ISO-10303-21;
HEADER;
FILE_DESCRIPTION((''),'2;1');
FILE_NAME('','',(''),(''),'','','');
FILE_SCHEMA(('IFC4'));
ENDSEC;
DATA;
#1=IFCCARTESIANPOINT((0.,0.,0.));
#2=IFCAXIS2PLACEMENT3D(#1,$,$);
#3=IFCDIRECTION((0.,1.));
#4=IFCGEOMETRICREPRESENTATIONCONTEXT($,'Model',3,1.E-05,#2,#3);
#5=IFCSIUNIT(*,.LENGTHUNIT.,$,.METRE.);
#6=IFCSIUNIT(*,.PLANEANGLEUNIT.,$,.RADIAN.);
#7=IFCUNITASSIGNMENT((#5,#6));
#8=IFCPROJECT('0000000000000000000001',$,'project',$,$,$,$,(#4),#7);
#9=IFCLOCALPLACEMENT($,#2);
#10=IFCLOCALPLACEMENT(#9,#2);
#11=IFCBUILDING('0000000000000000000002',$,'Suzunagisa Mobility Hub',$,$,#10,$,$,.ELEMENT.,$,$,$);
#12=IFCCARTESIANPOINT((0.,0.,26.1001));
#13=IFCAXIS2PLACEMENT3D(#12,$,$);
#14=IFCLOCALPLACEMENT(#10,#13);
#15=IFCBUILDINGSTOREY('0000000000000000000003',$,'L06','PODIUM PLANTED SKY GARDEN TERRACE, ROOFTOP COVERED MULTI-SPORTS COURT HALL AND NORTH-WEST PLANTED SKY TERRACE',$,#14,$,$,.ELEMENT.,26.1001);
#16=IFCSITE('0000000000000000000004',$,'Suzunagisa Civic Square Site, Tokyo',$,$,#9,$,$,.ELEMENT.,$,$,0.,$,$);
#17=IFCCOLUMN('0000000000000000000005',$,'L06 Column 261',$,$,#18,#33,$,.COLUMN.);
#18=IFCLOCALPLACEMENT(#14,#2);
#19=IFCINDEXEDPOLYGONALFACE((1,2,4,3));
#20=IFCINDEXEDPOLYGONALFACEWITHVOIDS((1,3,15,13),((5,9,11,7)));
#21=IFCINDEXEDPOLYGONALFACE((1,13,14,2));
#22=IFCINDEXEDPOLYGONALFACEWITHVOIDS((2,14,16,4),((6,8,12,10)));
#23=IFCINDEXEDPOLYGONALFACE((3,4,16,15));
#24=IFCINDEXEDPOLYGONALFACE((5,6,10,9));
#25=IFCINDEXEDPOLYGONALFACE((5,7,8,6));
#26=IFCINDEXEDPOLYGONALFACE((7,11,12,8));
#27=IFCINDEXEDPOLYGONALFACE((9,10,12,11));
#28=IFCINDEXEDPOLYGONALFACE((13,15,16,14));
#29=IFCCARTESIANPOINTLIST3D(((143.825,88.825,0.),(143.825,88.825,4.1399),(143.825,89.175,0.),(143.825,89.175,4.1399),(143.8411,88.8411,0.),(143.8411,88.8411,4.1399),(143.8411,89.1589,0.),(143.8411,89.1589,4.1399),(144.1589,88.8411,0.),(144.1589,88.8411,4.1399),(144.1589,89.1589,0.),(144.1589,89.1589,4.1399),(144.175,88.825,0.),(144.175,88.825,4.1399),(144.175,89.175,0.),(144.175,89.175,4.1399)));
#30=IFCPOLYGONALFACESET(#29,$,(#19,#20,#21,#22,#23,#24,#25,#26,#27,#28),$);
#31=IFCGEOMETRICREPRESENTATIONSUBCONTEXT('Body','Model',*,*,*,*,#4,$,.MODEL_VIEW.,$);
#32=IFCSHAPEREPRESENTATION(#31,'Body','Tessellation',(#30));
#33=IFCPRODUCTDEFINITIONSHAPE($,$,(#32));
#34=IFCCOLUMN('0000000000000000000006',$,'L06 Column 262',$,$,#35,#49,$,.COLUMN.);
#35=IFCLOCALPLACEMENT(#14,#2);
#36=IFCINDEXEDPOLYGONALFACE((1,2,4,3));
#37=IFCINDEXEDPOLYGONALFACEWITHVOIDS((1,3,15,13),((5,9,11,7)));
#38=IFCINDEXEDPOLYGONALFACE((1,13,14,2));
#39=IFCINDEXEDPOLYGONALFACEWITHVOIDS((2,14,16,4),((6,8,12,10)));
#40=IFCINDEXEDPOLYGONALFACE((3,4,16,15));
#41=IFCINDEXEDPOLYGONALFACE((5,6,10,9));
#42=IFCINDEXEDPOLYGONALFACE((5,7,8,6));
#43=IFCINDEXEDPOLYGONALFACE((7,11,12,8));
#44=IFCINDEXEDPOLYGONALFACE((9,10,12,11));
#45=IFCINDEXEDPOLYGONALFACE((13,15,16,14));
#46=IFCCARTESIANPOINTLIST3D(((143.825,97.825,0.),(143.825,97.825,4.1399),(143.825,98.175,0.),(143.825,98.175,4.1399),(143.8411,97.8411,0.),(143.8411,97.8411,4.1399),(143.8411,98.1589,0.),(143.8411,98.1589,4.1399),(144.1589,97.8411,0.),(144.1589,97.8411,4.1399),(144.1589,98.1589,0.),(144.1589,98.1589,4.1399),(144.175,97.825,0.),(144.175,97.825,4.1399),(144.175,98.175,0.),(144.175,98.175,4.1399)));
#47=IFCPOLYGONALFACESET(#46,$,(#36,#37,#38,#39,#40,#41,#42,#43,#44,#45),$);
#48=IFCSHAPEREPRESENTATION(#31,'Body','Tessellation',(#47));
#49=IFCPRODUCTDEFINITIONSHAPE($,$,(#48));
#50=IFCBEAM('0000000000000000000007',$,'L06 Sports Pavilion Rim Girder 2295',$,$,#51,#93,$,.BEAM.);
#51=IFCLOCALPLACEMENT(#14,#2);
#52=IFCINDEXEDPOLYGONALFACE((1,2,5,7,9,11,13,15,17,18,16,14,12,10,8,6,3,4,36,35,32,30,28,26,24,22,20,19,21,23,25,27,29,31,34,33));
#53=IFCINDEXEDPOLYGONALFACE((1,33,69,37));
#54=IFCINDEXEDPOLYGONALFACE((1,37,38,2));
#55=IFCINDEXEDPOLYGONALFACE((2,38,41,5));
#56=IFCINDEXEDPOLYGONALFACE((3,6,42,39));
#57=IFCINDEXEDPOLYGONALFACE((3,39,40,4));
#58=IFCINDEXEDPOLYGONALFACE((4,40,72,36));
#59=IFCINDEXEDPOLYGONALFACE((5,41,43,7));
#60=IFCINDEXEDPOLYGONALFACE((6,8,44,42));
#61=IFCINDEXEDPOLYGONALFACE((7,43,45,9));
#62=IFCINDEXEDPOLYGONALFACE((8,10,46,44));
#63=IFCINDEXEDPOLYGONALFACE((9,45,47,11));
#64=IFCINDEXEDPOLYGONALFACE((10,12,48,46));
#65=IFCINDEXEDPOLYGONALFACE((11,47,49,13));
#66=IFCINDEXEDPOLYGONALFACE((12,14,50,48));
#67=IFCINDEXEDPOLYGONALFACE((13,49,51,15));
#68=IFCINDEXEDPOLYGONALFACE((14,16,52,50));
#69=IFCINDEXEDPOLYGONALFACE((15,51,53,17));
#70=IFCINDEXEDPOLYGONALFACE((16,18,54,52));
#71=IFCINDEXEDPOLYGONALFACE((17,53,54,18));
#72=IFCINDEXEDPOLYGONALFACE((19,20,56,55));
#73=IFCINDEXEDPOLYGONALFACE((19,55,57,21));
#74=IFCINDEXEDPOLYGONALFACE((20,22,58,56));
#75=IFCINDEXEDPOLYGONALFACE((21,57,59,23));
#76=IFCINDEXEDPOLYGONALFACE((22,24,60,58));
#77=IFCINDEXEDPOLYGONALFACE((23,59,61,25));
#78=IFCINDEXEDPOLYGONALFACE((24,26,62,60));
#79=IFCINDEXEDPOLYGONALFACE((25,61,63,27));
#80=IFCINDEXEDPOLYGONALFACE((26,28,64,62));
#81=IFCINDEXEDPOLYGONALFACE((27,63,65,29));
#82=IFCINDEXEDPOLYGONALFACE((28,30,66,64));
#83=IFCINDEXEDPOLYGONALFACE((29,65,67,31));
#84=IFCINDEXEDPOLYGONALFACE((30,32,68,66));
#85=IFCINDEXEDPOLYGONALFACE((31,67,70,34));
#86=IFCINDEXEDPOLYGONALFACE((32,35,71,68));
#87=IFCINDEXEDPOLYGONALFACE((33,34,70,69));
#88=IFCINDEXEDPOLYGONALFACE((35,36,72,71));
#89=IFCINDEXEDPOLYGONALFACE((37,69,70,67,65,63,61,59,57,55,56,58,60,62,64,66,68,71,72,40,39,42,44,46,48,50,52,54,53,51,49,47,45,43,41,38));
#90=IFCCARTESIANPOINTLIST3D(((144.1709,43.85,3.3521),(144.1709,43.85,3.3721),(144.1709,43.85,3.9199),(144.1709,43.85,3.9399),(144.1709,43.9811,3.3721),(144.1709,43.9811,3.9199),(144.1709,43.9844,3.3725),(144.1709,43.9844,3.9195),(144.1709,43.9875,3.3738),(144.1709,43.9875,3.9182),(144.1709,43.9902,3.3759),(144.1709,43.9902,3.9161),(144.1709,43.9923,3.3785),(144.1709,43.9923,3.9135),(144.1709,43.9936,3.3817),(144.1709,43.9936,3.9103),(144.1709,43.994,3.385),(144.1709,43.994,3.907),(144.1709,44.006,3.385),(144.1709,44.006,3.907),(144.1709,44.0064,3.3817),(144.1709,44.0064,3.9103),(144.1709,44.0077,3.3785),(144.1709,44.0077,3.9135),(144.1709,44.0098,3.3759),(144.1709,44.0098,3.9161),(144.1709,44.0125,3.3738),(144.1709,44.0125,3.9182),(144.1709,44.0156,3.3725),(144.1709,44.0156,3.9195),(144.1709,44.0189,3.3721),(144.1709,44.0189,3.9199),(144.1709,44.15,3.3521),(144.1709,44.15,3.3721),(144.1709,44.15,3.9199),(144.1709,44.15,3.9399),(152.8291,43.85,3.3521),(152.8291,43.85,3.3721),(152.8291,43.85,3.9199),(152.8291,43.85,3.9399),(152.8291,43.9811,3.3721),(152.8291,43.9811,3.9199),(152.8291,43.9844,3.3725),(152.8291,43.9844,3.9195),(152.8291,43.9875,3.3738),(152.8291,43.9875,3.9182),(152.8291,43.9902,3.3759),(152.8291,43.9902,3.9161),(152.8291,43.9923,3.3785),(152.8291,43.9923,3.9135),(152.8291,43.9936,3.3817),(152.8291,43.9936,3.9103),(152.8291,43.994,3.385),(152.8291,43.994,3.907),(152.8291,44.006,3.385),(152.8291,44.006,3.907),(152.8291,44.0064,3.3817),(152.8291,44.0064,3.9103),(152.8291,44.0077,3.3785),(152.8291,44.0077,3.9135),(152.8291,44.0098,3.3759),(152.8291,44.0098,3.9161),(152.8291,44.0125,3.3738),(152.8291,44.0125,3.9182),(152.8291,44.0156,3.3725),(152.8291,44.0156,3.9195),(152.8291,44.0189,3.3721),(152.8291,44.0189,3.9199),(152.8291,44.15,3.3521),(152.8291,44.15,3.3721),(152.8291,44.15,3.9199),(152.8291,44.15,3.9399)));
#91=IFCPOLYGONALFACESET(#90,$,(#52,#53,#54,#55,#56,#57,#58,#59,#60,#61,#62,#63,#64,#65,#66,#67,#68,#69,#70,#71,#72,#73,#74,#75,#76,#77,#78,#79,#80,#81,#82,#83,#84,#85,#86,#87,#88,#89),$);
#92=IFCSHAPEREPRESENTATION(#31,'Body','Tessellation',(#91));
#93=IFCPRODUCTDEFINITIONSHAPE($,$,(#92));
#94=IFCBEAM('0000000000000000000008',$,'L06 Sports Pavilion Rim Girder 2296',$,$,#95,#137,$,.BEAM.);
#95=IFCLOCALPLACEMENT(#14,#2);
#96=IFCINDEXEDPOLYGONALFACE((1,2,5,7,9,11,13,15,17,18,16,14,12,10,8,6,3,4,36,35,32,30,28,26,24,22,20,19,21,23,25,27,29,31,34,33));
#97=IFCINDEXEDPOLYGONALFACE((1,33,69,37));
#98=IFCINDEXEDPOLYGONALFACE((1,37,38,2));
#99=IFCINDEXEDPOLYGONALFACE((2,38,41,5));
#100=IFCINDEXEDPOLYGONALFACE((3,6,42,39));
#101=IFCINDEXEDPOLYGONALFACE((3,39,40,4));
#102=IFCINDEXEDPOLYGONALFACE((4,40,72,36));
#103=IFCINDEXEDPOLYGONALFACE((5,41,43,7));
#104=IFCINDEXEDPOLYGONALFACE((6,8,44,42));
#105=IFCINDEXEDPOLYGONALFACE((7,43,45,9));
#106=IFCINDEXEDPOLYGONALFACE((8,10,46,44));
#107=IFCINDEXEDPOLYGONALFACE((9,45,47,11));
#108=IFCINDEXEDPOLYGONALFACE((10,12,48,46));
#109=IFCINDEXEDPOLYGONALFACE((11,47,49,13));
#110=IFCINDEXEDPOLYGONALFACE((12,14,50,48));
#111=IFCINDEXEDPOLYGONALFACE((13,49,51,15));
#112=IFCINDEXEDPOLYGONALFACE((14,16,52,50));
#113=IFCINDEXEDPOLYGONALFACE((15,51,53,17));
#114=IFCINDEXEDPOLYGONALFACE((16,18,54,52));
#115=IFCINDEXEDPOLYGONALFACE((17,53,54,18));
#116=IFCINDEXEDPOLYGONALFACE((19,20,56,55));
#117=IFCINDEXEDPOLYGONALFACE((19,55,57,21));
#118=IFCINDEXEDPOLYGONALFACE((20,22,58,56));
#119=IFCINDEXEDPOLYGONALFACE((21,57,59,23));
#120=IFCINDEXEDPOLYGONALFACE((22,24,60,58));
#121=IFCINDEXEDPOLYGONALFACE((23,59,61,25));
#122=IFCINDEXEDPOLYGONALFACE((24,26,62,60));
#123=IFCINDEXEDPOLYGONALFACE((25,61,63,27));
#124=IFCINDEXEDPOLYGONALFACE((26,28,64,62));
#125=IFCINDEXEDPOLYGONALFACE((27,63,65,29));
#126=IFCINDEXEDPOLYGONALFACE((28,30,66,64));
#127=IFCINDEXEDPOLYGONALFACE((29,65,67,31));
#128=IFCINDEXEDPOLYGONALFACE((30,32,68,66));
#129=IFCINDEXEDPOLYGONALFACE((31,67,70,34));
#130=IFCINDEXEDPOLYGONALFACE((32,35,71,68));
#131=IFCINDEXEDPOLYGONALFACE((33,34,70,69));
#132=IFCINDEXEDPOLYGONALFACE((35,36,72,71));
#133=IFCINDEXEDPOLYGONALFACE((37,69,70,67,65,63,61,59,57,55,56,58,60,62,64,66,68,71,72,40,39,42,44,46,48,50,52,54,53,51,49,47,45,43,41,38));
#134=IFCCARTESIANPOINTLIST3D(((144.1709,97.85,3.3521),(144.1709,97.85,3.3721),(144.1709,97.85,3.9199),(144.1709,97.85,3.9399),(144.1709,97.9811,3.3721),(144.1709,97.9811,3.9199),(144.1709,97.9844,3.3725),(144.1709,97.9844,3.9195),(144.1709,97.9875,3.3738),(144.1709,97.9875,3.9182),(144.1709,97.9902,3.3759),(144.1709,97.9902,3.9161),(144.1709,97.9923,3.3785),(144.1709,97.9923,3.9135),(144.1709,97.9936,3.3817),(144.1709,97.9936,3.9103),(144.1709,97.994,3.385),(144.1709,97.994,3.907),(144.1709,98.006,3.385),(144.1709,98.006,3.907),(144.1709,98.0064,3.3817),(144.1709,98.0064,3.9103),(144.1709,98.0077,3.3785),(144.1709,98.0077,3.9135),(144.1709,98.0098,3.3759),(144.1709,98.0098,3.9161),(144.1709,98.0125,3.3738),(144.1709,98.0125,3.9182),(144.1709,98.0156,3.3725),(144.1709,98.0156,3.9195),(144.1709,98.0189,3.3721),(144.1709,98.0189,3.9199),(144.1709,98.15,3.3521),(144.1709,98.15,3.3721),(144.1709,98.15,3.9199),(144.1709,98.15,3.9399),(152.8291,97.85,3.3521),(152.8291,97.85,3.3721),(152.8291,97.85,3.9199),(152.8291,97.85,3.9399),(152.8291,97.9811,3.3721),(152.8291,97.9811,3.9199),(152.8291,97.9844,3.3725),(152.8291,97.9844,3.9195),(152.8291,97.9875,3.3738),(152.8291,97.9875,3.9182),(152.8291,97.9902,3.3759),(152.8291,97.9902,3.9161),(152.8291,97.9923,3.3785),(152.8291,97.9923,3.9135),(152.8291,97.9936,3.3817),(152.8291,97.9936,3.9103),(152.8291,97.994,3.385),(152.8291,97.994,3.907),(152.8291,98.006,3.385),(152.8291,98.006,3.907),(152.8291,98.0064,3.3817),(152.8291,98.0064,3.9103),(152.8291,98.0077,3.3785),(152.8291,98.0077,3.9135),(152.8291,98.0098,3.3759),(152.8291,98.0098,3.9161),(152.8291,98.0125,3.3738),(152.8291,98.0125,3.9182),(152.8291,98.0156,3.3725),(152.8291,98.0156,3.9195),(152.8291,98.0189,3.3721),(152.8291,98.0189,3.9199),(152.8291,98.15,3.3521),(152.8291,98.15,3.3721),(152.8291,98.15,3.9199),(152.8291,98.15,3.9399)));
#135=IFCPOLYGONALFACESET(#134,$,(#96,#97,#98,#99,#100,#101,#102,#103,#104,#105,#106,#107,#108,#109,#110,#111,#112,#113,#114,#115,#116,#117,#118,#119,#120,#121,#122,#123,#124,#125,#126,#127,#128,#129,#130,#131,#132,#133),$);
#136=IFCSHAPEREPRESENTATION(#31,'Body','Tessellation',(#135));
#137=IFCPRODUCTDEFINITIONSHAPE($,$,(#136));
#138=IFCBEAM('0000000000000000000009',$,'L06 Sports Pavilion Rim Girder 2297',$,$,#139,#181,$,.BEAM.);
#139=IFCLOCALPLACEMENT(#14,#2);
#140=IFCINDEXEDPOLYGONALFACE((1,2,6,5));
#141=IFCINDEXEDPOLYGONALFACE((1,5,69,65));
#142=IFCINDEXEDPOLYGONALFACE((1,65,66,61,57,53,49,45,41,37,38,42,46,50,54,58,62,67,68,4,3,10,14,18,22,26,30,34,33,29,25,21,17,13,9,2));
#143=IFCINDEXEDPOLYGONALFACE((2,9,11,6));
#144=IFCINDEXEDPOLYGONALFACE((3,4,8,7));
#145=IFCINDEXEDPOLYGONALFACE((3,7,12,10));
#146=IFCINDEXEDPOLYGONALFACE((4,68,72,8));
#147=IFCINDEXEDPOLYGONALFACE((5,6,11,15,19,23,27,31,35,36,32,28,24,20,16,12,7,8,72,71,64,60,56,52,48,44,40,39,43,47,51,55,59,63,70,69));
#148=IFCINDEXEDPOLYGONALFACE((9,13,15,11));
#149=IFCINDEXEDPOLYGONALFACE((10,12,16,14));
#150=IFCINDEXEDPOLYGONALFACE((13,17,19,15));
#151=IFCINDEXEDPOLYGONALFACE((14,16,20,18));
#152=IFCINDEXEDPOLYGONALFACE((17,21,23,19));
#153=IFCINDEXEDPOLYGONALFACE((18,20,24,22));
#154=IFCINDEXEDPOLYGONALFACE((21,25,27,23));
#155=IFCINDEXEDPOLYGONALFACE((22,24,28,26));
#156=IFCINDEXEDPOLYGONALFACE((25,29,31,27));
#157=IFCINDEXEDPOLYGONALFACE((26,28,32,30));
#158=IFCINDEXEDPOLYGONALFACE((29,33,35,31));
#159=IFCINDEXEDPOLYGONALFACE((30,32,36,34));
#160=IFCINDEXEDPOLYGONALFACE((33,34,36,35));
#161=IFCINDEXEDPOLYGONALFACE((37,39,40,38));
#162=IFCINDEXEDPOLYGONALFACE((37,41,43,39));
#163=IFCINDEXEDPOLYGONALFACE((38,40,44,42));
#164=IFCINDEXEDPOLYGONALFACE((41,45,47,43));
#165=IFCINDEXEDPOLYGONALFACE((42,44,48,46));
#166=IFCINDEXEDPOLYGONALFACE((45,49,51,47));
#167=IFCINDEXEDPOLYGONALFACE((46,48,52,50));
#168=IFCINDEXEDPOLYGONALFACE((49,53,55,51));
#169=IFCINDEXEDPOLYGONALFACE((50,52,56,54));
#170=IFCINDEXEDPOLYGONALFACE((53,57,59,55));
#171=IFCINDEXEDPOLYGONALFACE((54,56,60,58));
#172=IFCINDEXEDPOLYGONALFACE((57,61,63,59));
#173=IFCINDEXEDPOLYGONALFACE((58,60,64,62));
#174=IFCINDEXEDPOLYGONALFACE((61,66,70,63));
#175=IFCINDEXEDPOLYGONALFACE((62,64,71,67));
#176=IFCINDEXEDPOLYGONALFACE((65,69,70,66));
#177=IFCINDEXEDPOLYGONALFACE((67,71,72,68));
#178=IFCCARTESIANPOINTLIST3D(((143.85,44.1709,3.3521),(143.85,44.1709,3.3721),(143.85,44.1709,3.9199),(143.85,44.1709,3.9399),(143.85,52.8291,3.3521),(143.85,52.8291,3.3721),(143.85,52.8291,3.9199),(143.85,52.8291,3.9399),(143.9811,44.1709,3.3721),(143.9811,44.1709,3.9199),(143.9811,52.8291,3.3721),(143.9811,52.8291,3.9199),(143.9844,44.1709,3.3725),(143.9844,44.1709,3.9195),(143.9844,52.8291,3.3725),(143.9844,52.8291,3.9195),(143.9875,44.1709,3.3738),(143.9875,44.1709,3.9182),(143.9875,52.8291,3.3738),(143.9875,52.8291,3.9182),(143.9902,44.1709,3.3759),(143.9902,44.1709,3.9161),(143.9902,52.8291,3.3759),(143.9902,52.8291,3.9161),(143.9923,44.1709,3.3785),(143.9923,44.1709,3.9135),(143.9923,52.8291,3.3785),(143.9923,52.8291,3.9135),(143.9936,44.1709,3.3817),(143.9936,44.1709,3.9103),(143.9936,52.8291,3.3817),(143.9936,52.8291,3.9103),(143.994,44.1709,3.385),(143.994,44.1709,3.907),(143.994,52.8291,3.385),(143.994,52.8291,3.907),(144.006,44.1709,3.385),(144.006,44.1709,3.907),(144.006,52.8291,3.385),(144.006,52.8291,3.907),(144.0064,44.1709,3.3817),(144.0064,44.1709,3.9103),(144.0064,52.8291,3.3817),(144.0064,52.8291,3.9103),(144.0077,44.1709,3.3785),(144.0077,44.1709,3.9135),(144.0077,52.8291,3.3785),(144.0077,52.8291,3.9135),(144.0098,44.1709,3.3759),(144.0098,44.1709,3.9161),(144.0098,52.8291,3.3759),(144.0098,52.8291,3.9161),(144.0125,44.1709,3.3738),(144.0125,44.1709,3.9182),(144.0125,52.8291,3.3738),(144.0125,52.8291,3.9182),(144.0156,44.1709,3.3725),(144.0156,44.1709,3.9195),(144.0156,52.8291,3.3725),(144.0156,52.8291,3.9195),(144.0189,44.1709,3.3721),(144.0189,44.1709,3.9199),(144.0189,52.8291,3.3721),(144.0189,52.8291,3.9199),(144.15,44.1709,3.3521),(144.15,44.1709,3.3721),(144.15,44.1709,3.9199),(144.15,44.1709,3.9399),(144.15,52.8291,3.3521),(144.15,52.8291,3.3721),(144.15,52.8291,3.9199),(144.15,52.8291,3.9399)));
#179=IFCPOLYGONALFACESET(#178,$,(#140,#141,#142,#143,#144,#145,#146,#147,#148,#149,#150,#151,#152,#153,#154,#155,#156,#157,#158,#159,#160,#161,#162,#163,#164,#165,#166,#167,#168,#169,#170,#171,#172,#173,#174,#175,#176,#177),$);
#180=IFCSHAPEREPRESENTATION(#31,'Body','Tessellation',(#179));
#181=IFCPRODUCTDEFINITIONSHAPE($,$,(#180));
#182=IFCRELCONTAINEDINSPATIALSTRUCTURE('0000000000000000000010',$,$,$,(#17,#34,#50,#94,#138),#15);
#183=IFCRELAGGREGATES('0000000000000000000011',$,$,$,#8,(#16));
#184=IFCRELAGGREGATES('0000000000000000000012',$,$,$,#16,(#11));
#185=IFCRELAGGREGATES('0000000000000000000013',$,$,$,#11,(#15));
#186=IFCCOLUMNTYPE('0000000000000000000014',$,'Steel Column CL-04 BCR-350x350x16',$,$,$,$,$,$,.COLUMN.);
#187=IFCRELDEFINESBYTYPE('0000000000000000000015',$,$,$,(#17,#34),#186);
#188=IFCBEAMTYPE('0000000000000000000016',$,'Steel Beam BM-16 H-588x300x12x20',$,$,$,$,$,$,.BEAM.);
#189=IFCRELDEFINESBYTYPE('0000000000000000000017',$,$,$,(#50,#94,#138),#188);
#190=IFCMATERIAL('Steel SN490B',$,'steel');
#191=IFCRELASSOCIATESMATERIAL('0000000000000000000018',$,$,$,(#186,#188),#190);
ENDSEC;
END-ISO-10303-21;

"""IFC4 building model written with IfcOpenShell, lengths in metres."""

from ifc_helpers import new_model, si_unit, direction, frame, origin, origin_2d, place, context, subcontext, project, spatial, hollow_rectangle, i_section, extrude, material, material_profile, profile_set, type_object, element, save


model = new_model("IFC4")

# Units and contexts
model_context = context("Model", 3, precision=1e-05, world=origin(), true_north=direction((0.0, 1.0)))
body_context = subcontext(model_context, "Body", "Model", "MODEL_VIEW")
ifc_project = project(units=[si_unit("LENGTHUNIT", "METRE"), si_unit("PLANEANGLEUNIT", "RADIAN")], contexts=[model_context])

# Site, building, storey
site_placement = place(None, origin())
site = spatial("IfcSite", under=ifc_project, at=site_placement, Name="Suzunagisa Civic Square Site, Tokyo", CompositionType="ELEMENT", RefElevation=0.0)
building_placement = place(site_placement, origin())
building = spatial("IfcBuilding", under=site, at=building_placement, Name="Suzunagisa Mobility Hub", CompositionType="ELEMENT")
storey_placement = place(building_placement, frame((0.0, 0.0, 26.1001)))
storey = spatial("IfcBuildingStorey", under=building, at=storey_placement, Name="L06", Description="PODIUM PLANTED SKY GARDEN TERRACE, ROOFTOP COVERED MULTI-SPORTS COURT HALL AND NORTH-WEST PLANTED SKY TERRACE", CompositionType="ELEMENT", Elevation=26.1001)

# Columns
ifc_material_1 = material(Name="Steel SN490B", Category="steel")
ifc_material_profile_1 = material_profile(ifc_material_1, hollow_rectangle(XDim=0.3501, YDim=0.3501, WallThickness=0.0161, at=origin_2d()), Name="BCR-350x350x16")
ifc_profile_set_1 = profile_set([ifc_material_profile_1], Name="Steel SN490B")
column_type = type_object("IfcColumnType", Name="Steel Column CL-04 BCR-350x350x16", PredefinedType="COLUMN", material=ifc_profile_set_1)
for number, where, z_axis, x_axis, name in (
    (1, (144.0, 89.0, 0.0), (0.0, 0.0, 1.0), (1.0, 0.0, 0.0), "L06 Column 261"),
    (2, (144.0, 98.0, 0.0), (0.0, 0.0, 1.0), (1.0, 0.0, 0.0), "L06 Column 262"),
):
    element("IfcColumn", number, at=place(storey_placement, frame(where, z_axis=z_axis, x_axis=x_axis)), inside=storey, type_object=column_type, Name=name, PredefinedType="COLUMN", context=body_context, shape_type="SweptSolid", body=[
        extrude(hollow_rectangle(XDim=0.3501, YDim=0.3501, WallThickness=0.0161, at=origin_2d()), origin(), (0.0, 0.0, 1.0), 4.1399),
    ])

# Beams
ifc_material_profile_2 = material_profile(ifc_material_1, i_section(OverallWidth=0.3, OverallDepth=0.5879, WebThickness=0.012, FlangeThickness=0.02, FilletRadius=0.0129, at=origin_2d()), Name="H-588x300x12x20")
ifc_profile_set_2 = profile_set([ifc_material_profile_2], Name="Steel SN490B")
beam_type = type_object("IfcBeamType", Name="Steel Beam BM-16 H-588x300x12x20", PredefinedType="BEAM", material=ifc_profile_set_2)
for number, where, z_axis, x_axis, name in (
    (3, (144.1709, 44.0, 3.646), (1.0, 0.0, 0.0), (0.0, 1.0, 0.0), "L06 Sports Pavilion Rim Girder 2295"),
    (4, (144.1709, 98.0, 3.646), (1.0, 0.0, 0.0), (0.0, 1.0, 0.0), "L06 Sports Pavilion Rim Girder 2296"),
    (5, (144.0, 44.1709, 3.646), (0.0, 1.0, 0.0), (-1.0, 0.0, 0.0), "L06 Sports Pavilion Rim Girder 2297"),
):
    element("IfcBeam", number, at=place(storey_placement, frame(where, z_axis=z_axis, x_axis=x_axis)), inside=storey, type_object=beam_type, Name=name, PredefinedType="BEAM", context=body_context, shape_type="SweptSolid", body=[
        extrude(i_section(OverallWidth=0.3, OverallDepth=0.5879, WebThickness=0.012, FlangeThickness=0.02, FilletRadius=0.0129, at=origin_2d()), origin(), (0.0, 0.0, 1.0), 8.6582),
    ])

save(model, "model.ifc")
